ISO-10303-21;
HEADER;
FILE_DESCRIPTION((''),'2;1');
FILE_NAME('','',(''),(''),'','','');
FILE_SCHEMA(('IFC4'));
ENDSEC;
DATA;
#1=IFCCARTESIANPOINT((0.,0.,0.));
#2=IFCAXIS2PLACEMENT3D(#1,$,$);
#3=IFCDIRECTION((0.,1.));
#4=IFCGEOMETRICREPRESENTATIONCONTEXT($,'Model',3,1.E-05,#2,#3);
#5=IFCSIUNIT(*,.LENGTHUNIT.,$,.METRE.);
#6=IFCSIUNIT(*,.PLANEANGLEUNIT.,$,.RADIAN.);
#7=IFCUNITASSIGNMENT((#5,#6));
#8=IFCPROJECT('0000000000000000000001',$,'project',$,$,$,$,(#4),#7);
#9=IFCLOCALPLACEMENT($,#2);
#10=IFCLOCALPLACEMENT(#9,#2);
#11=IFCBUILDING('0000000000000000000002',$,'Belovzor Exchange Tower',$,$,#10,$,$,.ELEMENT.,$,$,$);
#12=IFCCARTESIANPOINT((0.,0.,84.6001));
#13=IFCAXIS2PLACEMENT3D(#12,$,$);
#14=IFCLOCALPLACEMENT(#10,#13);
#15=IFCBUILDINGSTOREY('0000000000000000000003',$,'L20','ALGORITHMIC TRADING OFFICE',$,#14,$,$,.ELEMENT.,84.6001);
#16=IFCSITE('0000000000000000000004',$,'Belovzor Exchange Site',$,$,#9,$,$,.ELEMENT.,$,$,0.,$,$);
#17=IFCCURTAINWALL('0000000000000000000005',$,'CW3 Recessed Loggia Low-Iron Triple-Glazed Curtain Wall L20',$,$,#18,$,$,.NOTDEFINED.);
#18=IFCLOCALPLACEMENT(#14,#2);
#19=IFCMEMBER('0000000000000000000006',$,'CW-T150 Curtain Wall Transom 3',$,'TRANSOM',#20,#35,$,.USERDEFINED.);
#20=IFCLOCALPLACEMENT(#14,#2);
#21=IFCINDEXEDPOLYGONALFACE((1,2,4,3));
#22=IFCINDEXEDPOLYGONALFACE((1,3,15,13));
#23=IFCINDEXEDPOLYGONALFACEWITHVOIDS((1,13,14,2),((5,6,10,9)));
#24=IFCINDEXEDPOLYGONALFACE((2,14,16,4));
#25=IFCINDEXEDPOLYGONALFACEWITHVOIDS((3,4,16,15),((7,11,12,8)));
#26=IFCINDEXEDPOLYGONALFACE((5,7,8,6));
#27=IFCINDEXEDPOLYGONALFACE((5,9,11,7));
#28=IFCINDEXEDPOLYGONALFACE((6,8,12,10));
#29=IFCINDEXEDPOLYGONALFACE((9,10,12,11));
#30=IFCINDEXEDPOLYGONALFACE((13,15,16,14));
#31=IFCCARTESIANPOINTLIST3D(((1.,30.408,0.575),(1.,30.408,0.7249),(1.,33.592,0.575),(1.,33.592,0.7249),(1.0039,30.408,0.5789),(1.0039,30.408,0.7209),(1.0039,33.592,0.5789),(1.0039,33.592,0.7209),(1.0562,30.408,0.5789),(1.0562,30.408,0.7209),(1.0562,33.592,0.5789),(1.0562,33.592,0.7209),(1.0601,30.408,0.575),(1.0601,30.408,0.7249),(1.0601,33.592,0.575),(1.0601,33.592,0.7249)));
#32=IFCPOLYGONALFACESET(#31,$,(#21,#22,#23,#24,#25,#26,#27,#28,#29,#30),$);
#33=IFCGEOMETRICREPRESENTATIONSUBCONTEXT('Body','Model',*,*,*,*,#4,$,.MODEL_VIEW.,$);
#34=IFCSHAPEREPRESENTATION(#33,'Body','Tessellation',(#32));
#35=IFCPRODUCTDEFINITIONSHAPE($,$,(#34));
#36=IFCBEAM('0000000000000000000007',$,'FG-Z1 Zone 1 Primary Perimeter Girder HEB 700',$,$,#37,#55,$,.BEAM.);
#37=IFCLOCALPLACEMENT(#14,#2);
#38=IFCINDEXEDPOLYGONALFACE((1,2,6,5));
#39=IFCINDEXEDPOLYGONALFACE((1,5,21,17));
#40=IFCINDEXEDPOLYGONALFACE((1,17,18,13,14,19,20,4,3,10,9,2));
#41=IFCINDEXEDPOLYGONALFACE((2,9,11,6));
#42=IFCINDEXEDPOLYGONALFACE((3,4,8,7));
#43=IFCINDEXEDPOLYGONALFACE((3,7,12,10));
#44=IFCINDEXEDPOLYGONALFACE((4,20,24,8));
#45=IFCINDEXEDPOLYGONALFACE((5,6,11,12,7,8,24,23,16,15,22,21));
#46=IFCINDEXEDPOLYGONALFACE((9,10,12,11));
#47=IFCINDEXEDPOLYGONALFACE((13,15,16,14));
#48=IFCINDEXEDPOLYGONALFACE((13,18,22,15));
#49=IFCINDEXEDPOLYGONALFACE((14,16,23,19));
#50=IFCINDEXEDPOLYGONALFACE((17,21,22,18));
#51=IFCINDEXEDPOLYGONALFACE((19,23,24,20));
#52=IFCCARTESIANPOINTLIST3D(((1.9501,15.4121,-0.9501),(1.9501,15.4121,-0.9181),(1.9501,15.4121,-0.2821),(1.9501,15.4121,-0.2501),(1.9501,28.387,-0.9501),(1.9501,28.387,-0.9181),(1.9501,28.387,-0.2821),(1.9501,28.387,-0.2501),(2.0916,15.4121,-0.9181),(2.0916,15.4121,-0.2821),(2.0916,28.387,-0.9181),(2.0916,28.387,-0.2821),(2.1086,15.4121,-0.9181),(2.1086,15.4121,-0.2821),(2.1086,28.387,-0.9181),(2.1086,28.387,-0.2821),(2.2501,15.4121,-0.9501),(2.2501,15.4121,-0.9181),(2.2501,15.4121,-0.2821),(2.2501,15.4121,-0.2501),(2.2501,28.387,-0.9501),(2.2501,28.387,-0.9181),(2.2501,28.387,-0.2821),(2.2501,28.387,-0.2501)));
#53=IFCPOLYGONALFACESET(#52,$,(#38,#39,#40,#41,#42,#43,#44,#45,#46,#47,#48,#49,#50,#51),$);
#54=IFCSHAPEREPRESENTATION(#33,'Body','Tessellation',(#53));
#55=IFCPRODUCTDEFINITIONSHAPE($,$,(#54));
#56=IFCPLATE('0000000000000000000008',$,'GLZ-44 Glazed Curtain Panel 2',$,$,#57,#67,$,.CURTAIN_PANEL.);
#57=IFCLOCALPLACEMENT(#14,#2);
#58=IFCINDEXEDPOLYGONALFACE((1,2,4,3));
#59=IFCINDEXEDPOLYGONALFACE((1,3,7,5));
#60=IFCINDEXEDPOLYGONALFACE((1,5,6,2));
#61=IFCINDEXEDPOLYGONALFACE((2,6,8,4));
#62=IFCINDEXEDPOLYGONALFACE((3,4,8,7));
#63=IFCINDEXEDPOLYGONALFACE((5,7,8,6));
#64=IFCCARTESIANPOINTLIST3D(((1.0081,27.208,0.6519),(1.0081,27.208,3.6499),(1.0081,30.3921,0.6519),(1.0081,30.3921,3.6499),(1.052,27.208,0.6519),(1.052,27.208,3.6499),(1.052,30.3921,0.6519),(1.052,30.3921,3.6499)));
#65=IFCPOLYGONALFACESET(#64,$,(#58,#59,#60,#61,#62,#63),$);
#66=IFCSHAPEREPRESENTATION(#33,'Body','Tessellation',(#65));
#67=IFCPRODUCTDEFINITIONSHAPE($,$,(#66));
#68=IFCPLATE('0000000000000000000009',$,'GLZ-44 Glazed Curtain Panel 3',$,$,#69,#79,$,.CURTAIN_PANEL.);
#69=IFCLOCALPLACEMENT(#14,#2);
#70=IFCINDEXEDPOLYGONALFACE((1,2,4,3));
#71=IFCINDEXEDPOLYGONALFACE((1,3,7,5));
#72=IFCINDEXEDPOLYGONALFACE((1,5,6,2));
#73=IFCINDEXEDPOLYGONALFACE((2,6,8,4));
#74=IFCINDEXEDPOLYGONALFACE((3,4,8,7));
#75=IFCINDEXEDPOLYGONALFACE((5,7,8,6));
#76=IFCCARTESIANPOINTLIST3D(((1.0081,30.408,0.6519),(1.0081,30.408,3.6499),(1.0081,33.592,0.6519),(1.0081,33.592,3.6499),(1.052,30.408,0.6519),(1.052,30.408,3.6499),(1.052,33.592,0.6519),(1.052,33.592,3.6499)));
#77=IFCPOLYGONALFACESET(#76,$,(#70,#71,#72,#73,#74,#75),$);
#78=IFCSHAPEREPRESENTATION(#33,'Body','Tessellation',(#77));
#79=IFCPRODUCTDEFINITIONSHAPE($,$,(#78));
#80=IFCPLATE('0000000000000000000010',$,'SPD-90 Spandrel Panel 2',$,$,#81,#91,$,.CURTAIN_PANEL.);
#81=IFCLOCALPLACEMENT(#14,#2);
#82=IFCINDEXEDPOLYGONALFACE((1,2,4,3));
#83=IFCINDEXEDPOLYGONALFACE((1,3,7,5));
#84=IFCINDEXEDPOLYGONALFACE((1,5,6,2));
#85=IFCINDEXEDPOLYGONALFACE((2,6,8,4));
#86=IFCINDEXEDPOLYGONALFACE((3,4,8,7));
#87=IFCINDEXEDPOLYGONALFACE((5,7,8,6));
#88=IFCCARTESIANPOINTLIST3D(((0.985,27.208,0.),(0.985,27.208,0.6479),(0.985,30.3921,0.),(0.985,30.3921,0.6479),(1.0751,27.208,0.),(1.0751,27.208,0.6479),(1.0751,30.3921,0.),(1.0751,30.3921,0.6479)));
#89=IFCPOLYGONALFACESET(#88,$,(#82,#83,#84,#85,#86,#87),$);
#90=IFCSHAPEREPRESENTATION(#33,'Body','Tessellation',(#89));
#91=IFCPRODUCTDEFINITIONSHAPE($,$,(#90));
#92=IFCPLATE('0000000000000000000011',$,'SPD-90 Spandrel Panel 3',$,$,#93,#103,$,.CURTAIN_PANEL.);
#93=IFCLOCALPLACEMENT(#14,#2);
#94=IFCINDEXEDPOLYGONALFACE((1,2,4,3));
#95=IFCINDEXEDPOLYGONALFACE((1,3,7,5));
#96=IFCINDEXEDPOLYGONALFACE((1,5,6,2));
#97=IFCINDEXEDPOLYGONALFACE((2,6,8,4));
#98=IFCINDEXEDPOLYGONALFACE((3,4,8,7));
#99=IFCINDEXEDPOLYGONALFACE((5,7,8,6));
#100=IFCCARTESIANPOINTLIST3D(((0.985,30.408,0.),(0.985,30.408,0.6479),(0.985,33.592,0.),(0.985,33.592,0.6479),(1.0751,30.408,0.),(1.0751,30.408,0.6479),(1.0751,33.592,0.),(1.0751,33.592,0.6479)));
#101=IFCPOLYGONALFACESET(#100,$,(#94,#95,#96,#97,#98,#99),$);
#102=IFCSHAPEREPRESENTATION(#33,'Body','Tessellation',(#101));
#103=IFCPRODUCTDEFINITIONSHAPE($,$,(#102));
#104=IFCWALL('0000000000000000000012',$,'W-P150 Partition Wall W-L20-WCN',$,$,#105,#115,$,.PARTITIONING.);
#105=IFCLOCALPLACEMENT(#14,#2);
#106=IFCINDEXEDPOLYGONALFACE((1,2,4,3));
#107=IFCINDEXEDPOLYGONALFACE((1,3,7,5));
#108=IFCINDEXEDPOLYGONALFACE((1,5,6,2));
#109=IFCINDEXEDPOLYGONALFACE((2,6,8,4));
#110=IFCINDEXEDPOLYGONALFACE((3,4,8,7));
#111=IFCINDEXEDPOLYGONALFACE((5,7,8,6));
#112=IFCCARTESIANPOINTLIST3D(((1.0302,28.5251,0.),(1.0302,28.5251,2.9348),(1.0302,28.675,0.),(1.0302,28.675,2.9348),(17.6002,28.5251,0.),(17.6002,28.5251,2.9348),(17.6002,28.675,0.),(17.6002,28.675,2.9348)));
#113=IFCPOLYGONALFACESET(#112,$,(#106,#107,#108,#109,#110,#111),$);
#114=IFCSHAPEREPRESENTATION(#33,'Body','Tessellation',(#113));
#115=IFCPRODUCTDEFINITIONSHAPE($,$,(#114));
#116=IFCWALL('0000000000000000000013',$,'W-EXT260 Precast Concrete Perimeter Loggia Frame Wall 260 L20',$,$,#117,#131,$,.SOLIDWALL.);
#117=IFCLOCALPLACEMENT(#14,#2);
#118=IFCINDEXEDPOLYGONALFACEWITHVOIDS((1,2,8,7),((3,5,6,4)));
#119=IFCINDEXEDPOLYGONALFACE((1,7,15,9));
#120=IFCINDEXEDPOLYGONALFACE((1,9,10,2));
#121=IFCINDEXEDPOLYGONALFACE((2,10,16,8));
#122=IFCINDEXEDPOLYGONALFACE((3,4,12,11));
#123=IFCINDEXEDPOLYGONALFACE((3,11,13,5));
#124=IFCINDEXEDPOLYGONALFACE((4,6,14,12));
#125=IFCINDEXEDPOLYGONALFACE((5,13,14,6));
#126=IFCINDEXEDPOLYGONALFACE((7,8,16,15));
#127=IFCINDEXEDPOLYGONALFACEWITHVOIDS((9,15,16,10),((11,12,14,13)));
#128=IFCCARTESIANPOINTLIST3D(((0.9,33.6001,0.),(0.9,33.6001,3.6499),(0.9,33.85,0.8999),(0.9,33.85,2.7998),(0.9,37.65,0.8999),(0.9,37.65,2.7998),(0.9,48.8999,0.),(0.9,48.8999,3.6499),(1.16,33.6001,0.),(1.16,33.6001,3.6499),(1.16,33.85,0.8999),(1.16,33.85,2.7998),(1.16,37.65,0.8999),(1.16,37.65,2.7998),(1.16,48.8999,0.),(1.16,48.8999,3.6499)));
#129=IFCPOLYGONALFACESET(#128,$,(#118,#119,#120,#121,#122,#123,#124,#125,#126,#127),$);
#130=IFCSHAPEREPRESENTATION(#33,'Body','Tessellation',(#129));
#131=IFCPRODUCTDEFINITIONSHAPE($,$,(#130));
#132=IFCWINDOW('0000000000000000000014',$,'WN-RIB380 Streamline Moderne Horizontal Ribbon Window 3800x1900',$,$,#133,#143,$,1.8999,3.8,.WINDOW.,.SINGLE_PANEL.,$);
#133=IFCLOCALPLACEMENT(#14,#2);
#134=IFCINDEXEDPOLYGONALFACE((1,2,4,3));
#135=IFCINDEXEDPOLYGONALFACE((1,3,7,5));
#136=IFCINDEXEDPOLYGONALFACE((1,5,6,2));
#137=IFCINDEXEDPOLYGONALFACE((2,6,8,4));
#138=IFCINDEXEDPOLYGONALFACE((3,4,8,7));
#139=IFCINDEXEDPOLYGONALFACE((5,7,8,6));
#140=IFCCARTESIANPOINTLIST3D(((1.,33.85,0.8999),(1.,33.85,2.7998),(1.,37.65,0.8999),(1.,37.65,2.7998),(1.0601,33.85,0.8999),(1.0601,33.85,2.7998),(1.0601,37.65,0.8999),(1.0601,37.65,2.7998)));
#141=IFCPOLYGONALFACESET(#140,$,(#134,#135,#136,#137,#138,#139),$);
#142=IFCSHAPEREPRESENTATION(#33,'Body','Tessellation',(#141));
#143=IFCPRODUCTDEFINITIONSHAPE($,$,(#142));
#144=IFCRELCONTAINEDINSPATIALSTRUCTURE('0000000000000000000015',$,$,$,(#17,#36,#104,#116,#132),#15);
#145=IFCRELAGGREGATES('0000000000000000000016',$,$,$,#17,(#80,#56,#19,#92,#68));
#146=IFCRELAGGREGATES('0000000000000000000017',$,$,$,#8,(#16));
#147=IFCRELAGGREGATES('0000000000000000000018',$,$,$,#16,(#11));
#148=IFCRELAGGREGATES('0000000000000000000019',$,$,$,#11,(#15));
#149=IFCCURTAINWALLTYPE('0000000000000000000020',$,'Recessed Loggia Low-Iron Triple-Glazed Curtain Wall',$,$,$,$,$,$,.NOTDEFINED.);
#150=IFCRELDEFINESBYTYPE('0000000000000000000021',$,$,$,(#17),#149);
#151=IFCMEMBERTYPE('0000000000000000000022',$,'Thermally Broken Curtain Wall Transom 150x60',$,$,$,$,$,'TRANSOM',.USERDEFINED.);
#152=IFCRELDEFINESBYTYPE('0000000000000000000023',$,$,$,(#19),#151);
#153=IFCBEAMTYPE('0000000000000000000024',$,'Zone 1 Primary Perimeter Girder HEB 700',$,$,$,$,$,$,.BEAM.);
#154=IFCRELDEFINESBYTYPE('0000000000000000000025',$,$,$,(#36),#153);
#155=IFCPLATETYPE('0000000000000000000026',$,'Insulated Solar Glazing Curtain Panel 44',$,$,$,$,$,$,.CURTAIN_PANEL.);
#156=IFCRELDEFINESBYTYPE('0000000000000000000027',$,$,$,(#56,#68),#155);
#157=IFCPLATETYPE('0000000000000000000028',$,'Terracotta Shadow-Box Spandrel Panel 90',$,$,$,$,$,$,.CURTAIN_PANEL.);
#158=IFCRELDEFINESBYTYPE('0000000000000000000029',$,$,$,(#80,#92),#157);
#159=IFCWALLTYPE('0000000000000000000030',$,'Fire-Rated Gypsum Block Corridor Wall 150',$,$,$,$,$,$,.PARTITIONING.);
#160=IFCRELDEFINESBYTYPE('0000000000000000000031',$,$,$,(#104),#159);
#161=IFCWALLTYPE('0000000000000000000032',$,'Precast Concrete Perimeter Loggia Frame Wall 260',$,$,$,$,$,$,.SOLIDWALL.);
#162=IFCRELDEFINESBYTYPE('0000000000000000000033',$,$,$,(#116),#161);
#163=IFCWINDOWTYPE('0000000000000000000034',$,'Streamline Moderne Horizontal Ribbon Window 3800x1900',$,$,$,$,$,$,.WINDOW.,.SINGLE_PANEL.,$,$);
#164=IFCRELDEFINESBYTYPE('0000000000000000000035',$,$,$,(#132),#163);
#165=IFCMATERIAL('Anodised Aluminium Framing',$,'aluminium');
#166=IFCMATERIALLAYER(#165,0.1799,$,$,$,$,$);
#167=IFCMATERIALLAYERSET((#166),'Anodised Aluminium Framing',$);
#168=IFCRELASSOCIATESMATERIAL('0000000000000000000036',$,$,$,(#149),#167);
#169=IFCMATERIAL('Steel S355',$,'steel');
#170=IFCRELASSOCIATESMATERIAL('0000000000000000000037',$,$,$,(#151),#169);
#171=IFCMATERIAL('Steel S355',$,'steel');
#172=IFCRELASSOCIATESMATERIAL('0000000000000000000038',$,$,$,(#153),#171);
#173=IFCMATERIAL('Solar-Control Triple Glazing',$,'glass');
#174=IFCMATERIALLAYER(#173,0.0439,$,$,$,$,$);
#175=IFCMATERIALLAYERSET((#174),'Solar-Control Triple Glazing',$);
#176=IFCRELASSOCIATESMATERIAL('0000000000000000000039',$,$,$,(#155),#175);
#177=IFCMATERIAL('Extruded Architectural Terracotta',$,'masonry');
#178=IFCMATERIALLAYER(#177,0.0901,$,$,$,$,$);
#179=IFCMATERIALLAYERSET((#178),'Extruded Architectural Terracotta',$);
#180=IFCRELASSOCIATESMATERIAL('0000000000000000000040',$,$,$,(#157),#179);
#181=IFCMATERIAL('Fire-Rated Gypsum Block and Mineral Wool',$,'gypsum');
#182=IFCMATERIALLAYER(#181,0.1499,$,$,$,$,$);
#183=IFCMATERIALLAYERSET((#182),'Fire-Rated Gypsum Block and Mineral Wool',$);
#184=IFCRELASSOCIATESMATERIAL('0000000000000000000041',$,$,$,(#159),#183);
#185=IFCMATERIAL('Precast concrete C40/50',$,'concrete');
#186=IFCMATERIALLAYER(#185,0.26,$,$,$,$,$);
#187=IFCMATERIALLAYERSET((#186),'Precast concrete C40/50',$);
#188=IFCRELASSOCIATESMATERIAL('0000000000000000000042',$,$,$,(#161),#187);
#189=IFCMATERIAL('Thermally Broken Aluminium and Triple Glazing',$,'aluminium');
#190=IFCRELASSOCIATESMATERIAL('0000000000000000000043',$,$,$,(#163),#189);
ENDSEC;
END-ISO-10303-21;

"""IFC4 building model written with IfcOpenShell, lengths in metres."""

from ifc_helpers import new_model, si_unit, direction, frame, frame_2d, origin, origin_2d, place, context, subcontext, project, spatial, rectangle, hollow_rectangle, i_section, extrude, material, layer, layer_set, material_profile, profile_set, type_object, element, fill, aggregate, save


model = new_model("IFC4")

# Units and contexts
model_context = context("Model", 3, precision=1e-05, world=origin(), true_north=direction((0.0, 1.0)))
body_context = subcontext(model_context, "Body", "Model", "MODEL_VIEW")
ifc_project = project(units=[si_unit("LENGTHUNIT", "METRE"), si_unit("PLANEANGLEUNIT", "RADIAN")], contexts=[model_context])

# Site, building, storey
site_placement = place(None, origin())
site = spatial("IfcSite", under=ifc_project, at=site_placement, Name="Belovzor Exchange Site", CompositionType="ELEMENT", RefElevation=0.0)
building_placement = place(site_placement, origin())
building = spatial("IfcBuilding", under=site, at=building_placement, Name="Belovzor Exchange Tower", CompositionType="ELEMENT")
storey_placement = place(building_placement, frame((0.0, 0.0, 84.6001)))
storey = spatial("IfcBuildingStorey", under=building, at=storey_placement, Name="L20", Description="ALGORITHMIC TRADING OFFICE", CompositionType="ELEMENT", Elevation=84.6001)

# Curtain wall, member
ifc_material_1 = material(Name="Anodised Aluminium Framing", Category="aluminium")
ifc_layer_1 = layer(ifc_material_1, 0.1799)
ifc_layer_set_1 = layer_set([ifc_layer_1], Name="Anodised Aluminium Framing")
curtain_wall_type = type_object("IfcCurtainWallType", Name="Recessed Loggia Low-Iron Triple-Glazed Curtain Wall", PredefinedType="NOTDEFINED", material=ifc_layer_set_1)
curtain_wall_placement = place(storey_placement, origin())
curtain_wall = element("IfcCurtainWall", 1, at=curtain_wall_placement, inside=storey, type_object=curtain_wall_type, Name="CW3 Recessed Loggia Low-Iron Triple-Glazed Curtain Wall L20", PredefinedType="NOTDEFINED")
ifc_material_2 = material(Name="Steel S355", Category="steel")
ifc_material_profile_1 = material_profile(ifc_material_2, hollow_rectangle(XDim=0.0601, YDim=0.1499, WallThickness=0.0039, at=origin_2d()))
ifc_profile_set_1 = profile_set([ifc_material_profile_1], Name="Steel S355")
member_type_1 = type_object("IfcMemberType", Name="Thermally Broken Curtain Wall Transom 150x60", ElementType="TRANSOM", PredefinedType="USERDEFINED", material=ifc_profile_set_1)
member_1_placement = place(storey_placement, frame((1.03, 30.408, 0.6499), z_axis=(0.0, 1.0, 0.0), x_axis=(-1.0, 0.0, 0.0)))
member_1 = element("IfcMember", 2, at=member_1_placement, type_object=member_type_1, Name="CW-T150 Curtain Wall Transom 3", ObjectType="TRANSOM", PredefinedType="USERDEFINED", context=body_context, shape_type="SweptSolid", body=[
    extrude(hollow_rectangle(XDim=0.0601, YDim=0.1499, WallThickness=0.0039, at=origin_2d()), origin(), (0.0, 0.0, 1.0), 3.1841),
])

# Beam
ifc_material_3 = material(Name="Steel S355", Category="steel")
ifc_material_profile_2 = material_profile(ifc_material_3, i_section(OverallWidth=0.3, OverallDepth=0.7, WebThickness=0.0171, FlangeThickness=0.032, at=origin_2d()))
ifc_profile_set_2 = profile_set([ifc_material_profile_2], Name="Steel S355")
beam_type_1 = type_object("IfcBeamType", Name="Zone 1 Primary Perimeter Girder HEB 700", PredefinedType="BEAM", material=ifc_profile_set_2)
beam_1_placement = place(storey_placement, frame((2.1001, 28.387, -0.6001), z_axis=(0.0, -1.0, 0.0), x_axis=(1.0, 0.0, 0.0)))
element("IfcBeam", 3, at=beam_1_placement, inside=storey, type_object=beam_type_1, Name="FG-Z1 Zone 1 Primary Perimeter Girder HEB 700", PredefinedType="BEAM", context=body_context, shape_type="SweptSolid", body=[
    extrude(i_section(OverallWidth=0.3, OverallDepth=0.7, WebThickness=0.0171, FlangeThickness=0.032, at=origin_2d()), origin(), (0.0, 0.0, 1.0), 12.9749),
])

# Plates
ifc_material_4 = material(Name="Solar-Control Triple Glazing", Category="glass")
ifc_layer_2 = layer(ifc_material_4, 0.0439)
ifc_layer_set_2 = layer_set([ifc_layer_2], Name="Solar-Control Triple Glazing")
plate_type_1 = type_object("IfcPlateType", Name="Insulated Solar Glazing Curtain Panel 44", PredefinedType="CURTAIN_PANEL", material=ifc_layer_set_2)
plate_1_placement = place(storey_placement, frame((1.03, 28.8, 0.6519), z_axis=(0.0, 0.0, 1.0), x_axis=(0.0, 1.0, 0.0)))
plate_1 = element("IfcPlate", 4, at=plate_1_placement, type_object=plate_type_1, Name="GLZ-44 Glazed Curtain Panel 2", PredefinedType="CURTAIN_PANEL", context=body_context, shape_type="SweptSolid", body=[
    extrude(rectangle(XDim=3.1841, YDim=0.0439, at=origin_2d()), origin(), (0.0, 0.0, 1.0), 2.998),
])
plate_2_placement = place(storey_placement, frame((1.03, 32.0, 0.6519), z_axis=(0.0, 0.0, 1.0), x_axis=(0.0, 1.0, 0.0)))
plate_2 = element("IfcPlate", 5, at=plate_2_placement, type_object=plate_type_1, Name="GLZ-44 Glazed Curtain Panel 3", PredefinedType="CURTAIN_PANEL", context=body_context, shape_type="SweptSolid", body=[
    extrude(rectangle(XDim=3.1841, YDim=0.0439, at=origin_2d()), origin(), (0.0, 0.0, 1.0), 2.998),
])
ifc_material_5 = material(Name="Extruded Architectural Terracotta", Category="masonry")
ifc_layer_3 = layer(ifc_material_5, 0.0901)
ifc_layer_set_3 = layer_set([ifc_layer_3], Name="Extruded Architectural Terracotta")
plate_type_2 = type_object("IfcPlateType", Name="Terracotta Shadow-Box Spandrel Panel 90", PredefinedType="CURTAIN_PANEL", material=ifc_layer_set_3)
plate_3_placement = place(storey_placement, frame((1.03, 28.8, 0.0), z_axis=(0.0, 0.0, 1.0), x_axis=(0.0, 1.0, 0.0)))
plate_3 = element("IfcPlate", 6, at=plate_3_placement, type_object=plate_type_2, Name="SPD-90 Spandrel Panel 2", PredefinedType="CURTAIN_PANEL", context=body_context, shape_type="SweptSolid", body=[
    extrude(rectangle(XDim=3.1841, YDim=0.0901, at=origin_2d()), origin(), (0.0, 0.0, 1.0), 0.6479),
])
plate_4_placement = place(storey_placement, frame((1.03, 32.0, 0.0), z_axis=(0.0, 0.0, 1.0), x_axis=(0.0, 1.0, 0.0)))
plate_4 = element("IfcPlate", 7, at=plate_4_placement, type_object=plate_type_2, Name="SPD-90 Spandrel Panel 3", PredefinedType="CURTAIN_PANEL", context=body_context, shape_type="SweptSolid", body=[
    extrude(rectangle(XDim=3.1841, YDim=0.0901, at=origin_2d()), origin(), (0.0, 0.0, 1.0), 0.6479),
])
aggregate(curtain_wall, [plate_3, plate_1, member_1, plate_4, plate_2])

# Wall
ifc_material_6 = material(Name="Fire-Rated Gypsum Block and Mineral Wool", Category="gypsum")
ifc_layer_4 = layer(ifc_material_6, 0.1499)
ifc_layer_set_4 = layer_set([ifc_layer_4], Name="Fire-Rated Gypsum Block and Mineral Wool")
wall_type_1 = type_object("IfcWallType", Name="Fire-Rated Gypsum Block Corridor Wall 150", PredefinedType="PARTITIONING", material=ifc_layer_set_4)
wall_1_placement = place(storey_placement, frame((1.03, 28.6001, 0.0), z_axis=(0.0, 0.0, 1.0), x_axis=(1.0, 0.0, 0.0)))
element("IfcWall", 8, at=wall_1_placement, inside=storey, type_object=wall_type_1, Name="W-P150 Partition Wall W-L20-WCN", PredefinedType="PARTITIONING", context=body_context, shape_type="SweptSolid", body=[
    extrude(rectangle(XDim=16.5701, YDim=0.1499, at=frame_2d((8.2852, 0.0))), origin(), (0.0, 0.0, 1.0), 2.9348),
])

# Wall, opening, window
ifc_material_7 = material(Name="Precast concrete C40/50", Category="concrete")
ifc_layer_5 = layer(ifc_material_7, 0.26)
ifc_layer_set_5 = layer_set([ifc_layer_5], Name="Precast concrete C40/50")
wall_type_2 = type_object("IfcWallType", Name="Precast Concrete Perimeter Loggia Frame Wall 260", PredefinedType="SOLIDWALL", material=ifc_layer_set_5)
wall_2_placement = place(storey_placement, frame((1.03, 33.6001, 0.0), z_axis=(0.0, 0.0, 1.0), x_axis=(0.0, 1.0, 0.0)))
wall_2 = element("IfcWall", 9, at=wall_2_placement, inside=storey, type_object=wall_type_2, Name="W-EXT260 Precast Concrete Perimeter Loggia Frame Wall 260 L20", PredefinedType="SOLIDWALL", context=body_context, shape_type="SweptSolid", body=[
    extrude(rectangle(XDim=15.2998, YDim=0.26, at=frame_2d((7.6499, 0.0))), origin(), (0.0, 0.0, 1.0), 3.6499),
])
opening_placement = place(wall_2_placement, frame((0.25, 0.0, 0.8999)))
opening = element("IfcOpeningElement", 10, at=opening_placement, cuts=wall_2, PredefinedType="OPENING", context=body_context, shape_type="SweptSolid", body=[
    extrude(rectangle(XDim=3.8, YDim=1.8999, at=frame_2d((1.8999, 0.95))), frame((0.0, 0.1399, 0.0), z_axis=(0.0, -1.0, 0.0), x_axis=(1.0, 0.0, 0.0)), (0.0, 0.0, 1.0), 0.28),
])
ifc_material_8 = material(Name="Thermally Broken Aluminium and Triple Glazing", Category="aluminium")
window_type = type_object("IfcWindowType", Name="Streamline Moderne Horizontal Ribbon Window 3800x1900", PartitioningType="SINGLE_PANEL", PredefinedType="WINDOW", material=ifc_material_8)
window_placement = place(opening_placement, origin())
window = element("IfcWindow", 11, at=window_placement, inside=storey, type_object=window_type, Name="WN-RIB380 Streamline Moderne Horizontal Ribbon Window 3800x1900", OverallHeight=1.8999, OverallWidth=3.8, PartitioningType="SINGLE_PANEL", PredefinedType="WINDOW", context=body_context, shape_type="SweptSolid", body=[
    extrude(rectangle(XDim=3.8, YDim=1.8999, at=frame_2d((1.8999, 0.95))), frame((0.0, 0.03, 0.0), z_axis=(0.0, -1.0, 0.0), x_axis=(1.0, 0.0, 0.0)), (0.0, 0.0, 1.0), 0.0601),
])
fill(opening, window)

save(model, "model.ifc")
